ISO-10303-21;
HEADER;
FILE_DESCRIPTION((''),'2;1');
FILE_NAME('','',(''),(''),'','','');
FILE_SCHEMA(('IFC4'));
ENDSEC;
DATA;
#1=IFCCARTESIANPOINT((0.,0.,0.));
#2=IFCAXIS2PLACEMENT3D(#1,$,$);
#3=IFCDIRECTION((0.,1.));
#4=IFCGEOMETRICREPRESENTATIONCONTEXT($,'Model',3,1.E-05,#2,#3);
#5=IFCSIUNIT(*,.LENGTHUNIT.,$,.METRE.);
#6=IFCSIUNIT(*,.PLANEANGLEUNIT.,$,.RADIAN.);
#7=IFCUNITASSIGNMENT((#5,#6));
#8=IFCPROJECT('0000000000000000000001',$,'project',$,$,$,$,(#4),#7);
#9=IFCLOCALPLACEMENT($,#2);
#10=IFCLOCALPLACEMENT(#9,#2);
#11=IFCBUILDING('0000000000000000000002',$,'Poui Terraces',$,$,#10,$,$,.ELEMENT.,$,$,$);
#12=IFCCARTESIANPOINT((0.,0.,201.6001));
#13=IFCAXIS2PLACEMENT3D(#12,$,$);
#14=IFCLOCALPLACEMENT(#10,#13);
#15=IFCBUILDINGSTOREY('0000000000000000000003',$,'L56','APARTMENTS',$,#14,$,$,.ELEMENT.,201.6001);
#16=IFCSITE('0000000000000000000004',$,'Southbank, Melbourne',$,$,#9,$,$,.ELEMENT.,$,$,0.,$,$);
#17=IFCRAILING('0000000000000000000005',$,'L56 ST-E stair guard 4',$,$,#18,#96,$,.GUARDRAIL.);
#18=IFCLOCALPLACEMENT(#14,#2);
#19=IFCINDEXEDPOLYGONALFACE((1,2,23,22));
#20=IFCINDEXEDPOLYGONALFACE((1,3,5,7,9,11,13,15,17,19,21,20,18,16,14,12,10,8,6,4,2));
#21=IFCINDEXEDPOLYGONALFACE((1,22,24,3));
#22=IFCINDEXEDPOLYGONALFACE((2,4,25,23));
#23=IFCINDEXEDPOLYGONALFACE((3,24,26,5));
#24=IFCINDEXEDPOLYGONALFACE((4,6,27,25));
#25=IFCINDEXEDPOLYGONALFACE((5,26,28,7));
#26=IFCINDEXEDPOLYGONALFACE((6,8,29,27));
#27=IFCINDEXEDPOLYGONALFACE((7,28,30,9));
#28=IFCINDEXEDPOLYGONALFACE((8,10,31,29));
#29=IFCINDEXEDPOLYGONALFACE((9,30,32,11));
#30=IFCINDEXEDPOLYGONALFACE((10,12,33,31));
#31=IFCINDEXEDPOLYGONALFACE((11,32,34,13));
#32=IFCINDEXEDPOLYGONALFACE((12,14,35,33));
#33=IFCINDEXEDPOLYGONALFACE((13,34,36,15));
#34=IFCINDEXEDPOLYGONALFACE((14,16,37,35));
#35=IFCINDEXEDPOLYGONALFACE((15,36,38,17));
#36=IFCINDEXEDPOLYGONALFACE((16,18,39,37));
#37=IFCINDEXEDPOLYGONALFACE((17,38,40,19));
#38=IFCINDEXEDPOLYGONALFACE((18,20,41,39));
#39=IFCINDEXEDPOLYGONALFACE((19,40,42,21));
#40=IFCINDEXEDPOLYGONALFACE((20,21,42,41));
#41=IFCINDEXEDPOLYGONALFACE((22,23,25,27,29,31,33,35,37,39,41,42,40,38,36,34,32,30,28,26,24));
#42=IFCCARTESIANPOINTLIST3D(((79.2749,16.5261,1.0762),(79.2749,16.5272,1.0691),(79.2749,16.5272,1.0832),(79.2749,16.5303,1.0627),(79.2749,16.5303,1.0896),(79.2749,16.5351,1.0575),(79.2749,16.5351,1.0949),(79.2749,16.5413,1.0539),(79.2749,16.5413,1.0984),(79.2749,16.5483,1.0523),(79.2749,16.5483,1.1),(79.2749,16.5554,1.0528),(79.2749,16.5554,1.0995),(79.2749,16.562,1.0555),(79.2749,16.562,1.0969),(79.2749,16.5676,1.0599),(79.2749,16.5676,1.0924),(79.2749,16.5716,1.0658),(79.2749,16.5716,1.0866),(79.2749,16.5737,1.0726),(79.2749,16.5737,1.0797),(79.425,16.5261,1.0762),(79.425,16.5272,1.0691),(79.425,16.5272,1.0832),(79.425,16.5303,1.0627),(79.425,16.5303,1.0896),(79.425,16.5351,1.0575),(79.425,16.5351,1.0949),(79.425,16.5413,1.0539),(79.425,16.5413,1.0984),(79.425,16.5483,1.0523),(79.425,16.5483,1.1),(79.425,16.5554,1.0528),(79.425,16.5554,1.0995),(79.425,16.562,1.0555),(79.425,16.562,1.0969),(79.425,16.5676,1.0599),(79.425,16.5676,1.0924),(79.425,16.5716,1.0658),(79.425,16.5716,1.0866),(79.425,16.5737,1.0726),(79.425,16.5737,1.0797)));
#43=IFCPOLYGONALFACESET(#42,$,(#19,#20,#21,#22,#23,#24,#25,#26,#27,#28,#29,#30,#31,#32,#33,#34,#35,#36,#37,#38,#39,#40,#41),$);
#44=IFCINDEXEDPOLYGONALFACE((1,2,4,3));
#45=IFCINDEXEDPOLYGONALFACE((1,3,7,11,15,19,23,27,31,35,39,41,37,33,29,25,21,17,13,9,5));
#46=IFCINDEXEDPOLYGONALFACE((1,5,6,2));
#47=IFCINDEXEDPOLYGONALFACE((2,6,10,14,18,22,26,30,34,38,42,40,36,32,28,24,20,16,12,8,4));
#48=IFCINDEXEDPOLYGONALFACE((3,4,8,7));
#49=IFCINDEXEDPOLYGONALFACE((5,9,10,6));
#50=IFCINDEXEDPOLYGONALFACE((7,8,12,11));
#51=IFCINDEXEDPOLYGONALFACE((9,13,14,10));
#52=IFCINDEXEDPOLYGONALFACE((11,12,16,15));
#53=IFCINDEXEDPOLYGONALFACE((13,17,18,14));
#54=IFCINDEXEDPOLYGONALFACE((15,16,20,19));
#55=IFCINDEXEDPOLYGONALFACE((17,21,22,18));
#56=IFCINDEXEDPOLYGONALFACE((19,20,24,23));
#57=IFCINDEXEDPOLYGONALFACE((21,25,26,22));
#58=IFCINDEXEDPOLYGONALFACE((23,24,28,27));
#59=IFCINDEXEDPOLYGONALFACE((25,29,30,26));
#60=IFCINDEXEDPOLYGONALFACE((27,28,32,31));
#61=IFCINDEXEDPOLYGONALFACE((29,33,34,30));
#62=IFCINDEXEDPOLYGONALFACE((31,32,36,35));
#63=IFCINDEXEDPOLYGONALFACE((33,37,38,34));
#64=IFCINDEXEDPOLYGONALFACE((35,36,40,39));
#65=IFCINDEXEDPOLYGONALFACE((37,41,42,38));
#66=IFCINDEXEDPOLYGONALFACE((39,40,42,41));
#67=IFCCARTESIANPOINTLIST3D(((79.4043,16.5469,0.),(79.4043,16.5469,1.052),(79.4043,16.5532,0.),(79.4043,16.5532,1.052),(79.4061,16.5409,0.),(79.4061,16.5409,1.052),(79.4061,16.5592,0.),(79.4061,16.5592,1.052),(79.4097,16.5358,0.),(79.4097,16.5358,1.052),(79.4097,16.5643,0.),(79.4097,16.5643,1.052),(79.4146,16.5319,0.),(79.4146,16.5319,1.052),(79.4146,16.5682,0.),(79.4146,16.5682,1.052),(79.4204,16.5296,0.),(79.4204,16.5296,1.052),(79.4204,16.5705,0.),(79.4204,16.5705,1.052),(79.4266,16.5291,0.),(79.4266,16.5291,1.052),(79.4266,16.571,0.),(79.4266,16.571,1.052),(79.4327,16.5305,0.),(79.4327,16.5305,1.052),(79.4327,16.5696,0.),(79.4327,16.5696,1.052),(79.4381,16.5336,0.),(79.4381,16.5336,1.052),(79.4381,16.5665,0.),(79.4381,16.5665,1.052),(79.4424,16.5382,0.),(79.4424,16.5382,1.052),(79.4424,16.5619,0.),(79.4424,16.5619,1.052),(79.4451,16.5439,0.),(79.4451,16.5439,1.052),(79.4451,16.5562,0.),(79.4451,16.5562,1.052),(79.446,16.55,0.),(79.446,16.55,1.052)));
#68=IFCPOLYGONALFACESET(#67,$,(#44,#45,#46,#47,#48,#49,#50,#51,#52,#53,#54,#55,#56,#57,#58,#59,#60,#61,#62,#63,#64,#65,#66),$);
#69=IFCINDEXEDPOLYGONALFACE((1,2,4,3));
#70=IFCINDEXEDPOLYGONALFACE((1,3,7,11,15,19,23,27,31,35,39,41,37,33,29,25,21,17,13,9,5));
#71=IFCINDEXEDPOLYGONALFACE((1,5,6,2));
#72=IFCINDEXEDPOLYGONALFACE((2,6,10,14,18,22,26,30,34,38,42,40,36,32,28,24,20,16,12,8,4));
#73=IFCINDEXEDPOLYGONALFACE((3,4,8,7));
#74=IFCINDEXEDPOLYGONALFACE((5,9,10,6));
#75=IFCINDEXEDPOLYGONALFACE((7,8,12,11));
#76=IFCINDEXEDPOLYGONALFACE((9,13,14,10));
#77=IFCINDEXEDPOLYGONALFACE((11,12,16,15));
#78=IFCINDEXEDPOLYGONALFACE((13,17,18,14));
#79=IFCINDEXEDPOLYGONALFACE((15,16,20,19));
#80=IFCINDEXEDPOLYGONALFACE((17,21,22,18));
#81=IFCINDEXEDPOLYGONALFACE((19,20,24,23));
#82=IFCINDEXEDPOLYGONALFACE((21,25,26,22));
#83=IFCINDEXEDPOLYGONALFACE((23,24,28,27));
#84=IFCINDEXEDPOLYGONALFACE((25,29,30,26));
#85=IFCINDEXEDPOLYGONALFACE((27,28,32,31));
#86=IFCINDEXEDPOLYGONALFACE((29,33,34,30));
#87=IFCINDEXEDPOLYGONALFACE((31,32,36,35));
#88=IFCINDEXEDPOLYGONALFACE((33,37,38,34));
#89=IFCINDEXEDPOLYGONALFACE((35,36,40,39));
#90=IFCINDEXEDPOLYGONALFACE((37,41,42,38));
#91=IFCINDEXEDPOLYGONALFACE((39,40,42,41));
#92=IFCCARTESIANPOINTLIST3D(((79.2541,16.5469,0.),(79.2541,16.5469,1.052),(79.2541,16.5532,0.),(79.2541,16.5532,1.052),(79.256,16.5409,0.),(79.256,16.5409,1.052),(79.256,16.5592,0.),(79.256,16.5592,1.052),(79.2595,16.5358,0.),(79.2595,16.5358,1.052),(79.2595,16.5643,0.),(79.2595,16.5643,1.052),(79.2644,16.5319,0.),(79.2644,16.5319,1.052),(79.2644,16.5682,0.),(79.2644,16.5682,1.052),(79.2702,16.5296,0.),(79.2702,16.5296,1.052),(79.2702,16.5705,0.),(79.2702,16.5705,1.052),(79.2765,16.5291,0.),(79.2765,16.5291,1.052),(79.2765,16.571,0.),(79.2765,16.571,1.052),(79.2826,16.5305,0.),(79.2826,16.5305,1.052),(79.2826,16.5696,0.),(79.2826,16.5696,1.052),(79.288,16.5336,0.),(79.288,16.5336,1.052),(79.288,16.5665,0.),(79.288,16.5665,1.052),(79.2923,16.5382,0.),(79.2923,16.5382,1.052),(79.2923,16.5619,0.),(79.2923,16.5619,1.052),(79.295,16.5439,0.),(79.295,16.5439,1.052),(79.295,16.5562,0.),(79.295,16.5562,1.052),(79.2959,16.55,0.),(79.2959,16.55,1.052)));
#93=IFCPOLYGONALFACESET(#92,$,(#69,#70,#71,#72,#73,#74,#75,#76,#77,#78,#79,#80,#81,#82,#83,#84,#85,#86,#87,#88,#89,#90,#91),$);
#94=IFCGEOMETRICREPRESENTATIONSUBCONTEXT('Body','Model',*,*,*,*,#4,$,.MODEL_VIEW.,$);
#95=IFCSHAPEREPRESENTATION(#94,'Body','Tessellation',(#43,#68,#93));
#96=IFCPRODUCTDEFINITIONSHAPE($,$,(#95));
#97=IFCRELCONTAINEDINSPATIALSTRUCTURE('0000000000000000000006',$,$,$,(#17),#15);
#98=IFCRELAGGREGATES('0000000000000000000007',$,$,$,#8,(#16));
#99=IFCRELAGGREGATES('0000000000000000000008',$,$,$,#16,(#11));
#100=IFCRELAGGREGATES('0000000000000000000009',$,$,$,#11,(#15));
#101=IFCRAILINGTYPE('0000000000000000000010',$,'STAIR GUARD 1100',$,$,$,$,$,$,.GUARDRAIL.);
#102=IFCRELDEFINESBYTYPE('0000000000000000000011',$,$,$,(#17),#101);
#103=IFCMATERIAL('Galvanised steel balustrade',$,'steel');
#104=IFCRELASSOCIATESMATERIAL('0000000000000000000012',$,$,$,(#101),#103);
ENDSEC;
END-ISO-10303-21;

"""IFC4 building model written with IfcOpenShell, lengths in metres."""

from ifc_helpers import new_model, si_unit, direction, frame, origin, origin_2d, place, context, subcontext, project, spatial, circle, extrude, material, type_object, element, save


model = new_model("IFC4")

# Units and contexts
model_context = context("Model", 3, precision=1e-05, world=origin(), true_north=direction((0.0, 1.0)))
body_context = subcontext(model_context, "Body", "Model", "MODEL_VIEW")
ifc_project = project(units=[si_unit("LENGTHUNIT", "METRE"), si_unit("PLANEANGLEUNIT", "RADIAN")], contexts=[model_context])

# Site, building, storey
site_placement = place(None, origin())
site = spatial("IfcSite", under=ifc_project, at=site_placement, Name="Southbank, Melbourne", CompositionType="ELEMENT", RefElevation=0.0)
building_placement = place(site_placement, origin())
building = spatial("IfcBuilding", under=site, at=building_placement, Name="Poui Terraces", CompositionType="ELEMENT")
storey_placement = place(building_placement, frame((0.0, 0.0, 201.6001)))
storey = spatial("IfcBuildingStorey", under=building, at=storey_placement, Name="L56", Description="APARTMENTS", CompositionType="ELEMENT", Elevation=201.6001)

# Railing
ifc_material_1 = material(Name="Galvanised steel balustrade", Category="steel")
railing_type_1 = type_object("IfcRailingType", Name="STAIR GUARD 1100", PredefinedType="GUARDRAIL", material=ifc_material_1)
railing_1_placement = place(storey_placement, frame((79.425, 16.55, 0.0)))
element("IfcRailing", 1, at=railing_1_placement, inside=storey, type_object=railing_type_1, Name="L56 ST-E stair guard 4", PredefinedType="GUARDRAIL", context=body_context, shape_type="SweptSolid", body=[
    extrude(circle(Radius=0.0239, at=origin_2d()), frame((0.0, 0.0, 1.0762), z_axis=(-1.0, 0.0, 0.0), x_axis=(0.0, -1.0, 0.0)), (0.0, 0.0, 1.0), 0.1501),
    extrude(circle(Radius=0.021, at=origin_2d()), origin(), (0.0, 0.0, 1.0), 1.052),
    extrude(circle(Radius=0.021, at=origin_2d()), frame((-0.1501, 0.0, 0.0)), (0.0, 0.0, 1.0), 1.052),
])

save(model, "model.ifc")
